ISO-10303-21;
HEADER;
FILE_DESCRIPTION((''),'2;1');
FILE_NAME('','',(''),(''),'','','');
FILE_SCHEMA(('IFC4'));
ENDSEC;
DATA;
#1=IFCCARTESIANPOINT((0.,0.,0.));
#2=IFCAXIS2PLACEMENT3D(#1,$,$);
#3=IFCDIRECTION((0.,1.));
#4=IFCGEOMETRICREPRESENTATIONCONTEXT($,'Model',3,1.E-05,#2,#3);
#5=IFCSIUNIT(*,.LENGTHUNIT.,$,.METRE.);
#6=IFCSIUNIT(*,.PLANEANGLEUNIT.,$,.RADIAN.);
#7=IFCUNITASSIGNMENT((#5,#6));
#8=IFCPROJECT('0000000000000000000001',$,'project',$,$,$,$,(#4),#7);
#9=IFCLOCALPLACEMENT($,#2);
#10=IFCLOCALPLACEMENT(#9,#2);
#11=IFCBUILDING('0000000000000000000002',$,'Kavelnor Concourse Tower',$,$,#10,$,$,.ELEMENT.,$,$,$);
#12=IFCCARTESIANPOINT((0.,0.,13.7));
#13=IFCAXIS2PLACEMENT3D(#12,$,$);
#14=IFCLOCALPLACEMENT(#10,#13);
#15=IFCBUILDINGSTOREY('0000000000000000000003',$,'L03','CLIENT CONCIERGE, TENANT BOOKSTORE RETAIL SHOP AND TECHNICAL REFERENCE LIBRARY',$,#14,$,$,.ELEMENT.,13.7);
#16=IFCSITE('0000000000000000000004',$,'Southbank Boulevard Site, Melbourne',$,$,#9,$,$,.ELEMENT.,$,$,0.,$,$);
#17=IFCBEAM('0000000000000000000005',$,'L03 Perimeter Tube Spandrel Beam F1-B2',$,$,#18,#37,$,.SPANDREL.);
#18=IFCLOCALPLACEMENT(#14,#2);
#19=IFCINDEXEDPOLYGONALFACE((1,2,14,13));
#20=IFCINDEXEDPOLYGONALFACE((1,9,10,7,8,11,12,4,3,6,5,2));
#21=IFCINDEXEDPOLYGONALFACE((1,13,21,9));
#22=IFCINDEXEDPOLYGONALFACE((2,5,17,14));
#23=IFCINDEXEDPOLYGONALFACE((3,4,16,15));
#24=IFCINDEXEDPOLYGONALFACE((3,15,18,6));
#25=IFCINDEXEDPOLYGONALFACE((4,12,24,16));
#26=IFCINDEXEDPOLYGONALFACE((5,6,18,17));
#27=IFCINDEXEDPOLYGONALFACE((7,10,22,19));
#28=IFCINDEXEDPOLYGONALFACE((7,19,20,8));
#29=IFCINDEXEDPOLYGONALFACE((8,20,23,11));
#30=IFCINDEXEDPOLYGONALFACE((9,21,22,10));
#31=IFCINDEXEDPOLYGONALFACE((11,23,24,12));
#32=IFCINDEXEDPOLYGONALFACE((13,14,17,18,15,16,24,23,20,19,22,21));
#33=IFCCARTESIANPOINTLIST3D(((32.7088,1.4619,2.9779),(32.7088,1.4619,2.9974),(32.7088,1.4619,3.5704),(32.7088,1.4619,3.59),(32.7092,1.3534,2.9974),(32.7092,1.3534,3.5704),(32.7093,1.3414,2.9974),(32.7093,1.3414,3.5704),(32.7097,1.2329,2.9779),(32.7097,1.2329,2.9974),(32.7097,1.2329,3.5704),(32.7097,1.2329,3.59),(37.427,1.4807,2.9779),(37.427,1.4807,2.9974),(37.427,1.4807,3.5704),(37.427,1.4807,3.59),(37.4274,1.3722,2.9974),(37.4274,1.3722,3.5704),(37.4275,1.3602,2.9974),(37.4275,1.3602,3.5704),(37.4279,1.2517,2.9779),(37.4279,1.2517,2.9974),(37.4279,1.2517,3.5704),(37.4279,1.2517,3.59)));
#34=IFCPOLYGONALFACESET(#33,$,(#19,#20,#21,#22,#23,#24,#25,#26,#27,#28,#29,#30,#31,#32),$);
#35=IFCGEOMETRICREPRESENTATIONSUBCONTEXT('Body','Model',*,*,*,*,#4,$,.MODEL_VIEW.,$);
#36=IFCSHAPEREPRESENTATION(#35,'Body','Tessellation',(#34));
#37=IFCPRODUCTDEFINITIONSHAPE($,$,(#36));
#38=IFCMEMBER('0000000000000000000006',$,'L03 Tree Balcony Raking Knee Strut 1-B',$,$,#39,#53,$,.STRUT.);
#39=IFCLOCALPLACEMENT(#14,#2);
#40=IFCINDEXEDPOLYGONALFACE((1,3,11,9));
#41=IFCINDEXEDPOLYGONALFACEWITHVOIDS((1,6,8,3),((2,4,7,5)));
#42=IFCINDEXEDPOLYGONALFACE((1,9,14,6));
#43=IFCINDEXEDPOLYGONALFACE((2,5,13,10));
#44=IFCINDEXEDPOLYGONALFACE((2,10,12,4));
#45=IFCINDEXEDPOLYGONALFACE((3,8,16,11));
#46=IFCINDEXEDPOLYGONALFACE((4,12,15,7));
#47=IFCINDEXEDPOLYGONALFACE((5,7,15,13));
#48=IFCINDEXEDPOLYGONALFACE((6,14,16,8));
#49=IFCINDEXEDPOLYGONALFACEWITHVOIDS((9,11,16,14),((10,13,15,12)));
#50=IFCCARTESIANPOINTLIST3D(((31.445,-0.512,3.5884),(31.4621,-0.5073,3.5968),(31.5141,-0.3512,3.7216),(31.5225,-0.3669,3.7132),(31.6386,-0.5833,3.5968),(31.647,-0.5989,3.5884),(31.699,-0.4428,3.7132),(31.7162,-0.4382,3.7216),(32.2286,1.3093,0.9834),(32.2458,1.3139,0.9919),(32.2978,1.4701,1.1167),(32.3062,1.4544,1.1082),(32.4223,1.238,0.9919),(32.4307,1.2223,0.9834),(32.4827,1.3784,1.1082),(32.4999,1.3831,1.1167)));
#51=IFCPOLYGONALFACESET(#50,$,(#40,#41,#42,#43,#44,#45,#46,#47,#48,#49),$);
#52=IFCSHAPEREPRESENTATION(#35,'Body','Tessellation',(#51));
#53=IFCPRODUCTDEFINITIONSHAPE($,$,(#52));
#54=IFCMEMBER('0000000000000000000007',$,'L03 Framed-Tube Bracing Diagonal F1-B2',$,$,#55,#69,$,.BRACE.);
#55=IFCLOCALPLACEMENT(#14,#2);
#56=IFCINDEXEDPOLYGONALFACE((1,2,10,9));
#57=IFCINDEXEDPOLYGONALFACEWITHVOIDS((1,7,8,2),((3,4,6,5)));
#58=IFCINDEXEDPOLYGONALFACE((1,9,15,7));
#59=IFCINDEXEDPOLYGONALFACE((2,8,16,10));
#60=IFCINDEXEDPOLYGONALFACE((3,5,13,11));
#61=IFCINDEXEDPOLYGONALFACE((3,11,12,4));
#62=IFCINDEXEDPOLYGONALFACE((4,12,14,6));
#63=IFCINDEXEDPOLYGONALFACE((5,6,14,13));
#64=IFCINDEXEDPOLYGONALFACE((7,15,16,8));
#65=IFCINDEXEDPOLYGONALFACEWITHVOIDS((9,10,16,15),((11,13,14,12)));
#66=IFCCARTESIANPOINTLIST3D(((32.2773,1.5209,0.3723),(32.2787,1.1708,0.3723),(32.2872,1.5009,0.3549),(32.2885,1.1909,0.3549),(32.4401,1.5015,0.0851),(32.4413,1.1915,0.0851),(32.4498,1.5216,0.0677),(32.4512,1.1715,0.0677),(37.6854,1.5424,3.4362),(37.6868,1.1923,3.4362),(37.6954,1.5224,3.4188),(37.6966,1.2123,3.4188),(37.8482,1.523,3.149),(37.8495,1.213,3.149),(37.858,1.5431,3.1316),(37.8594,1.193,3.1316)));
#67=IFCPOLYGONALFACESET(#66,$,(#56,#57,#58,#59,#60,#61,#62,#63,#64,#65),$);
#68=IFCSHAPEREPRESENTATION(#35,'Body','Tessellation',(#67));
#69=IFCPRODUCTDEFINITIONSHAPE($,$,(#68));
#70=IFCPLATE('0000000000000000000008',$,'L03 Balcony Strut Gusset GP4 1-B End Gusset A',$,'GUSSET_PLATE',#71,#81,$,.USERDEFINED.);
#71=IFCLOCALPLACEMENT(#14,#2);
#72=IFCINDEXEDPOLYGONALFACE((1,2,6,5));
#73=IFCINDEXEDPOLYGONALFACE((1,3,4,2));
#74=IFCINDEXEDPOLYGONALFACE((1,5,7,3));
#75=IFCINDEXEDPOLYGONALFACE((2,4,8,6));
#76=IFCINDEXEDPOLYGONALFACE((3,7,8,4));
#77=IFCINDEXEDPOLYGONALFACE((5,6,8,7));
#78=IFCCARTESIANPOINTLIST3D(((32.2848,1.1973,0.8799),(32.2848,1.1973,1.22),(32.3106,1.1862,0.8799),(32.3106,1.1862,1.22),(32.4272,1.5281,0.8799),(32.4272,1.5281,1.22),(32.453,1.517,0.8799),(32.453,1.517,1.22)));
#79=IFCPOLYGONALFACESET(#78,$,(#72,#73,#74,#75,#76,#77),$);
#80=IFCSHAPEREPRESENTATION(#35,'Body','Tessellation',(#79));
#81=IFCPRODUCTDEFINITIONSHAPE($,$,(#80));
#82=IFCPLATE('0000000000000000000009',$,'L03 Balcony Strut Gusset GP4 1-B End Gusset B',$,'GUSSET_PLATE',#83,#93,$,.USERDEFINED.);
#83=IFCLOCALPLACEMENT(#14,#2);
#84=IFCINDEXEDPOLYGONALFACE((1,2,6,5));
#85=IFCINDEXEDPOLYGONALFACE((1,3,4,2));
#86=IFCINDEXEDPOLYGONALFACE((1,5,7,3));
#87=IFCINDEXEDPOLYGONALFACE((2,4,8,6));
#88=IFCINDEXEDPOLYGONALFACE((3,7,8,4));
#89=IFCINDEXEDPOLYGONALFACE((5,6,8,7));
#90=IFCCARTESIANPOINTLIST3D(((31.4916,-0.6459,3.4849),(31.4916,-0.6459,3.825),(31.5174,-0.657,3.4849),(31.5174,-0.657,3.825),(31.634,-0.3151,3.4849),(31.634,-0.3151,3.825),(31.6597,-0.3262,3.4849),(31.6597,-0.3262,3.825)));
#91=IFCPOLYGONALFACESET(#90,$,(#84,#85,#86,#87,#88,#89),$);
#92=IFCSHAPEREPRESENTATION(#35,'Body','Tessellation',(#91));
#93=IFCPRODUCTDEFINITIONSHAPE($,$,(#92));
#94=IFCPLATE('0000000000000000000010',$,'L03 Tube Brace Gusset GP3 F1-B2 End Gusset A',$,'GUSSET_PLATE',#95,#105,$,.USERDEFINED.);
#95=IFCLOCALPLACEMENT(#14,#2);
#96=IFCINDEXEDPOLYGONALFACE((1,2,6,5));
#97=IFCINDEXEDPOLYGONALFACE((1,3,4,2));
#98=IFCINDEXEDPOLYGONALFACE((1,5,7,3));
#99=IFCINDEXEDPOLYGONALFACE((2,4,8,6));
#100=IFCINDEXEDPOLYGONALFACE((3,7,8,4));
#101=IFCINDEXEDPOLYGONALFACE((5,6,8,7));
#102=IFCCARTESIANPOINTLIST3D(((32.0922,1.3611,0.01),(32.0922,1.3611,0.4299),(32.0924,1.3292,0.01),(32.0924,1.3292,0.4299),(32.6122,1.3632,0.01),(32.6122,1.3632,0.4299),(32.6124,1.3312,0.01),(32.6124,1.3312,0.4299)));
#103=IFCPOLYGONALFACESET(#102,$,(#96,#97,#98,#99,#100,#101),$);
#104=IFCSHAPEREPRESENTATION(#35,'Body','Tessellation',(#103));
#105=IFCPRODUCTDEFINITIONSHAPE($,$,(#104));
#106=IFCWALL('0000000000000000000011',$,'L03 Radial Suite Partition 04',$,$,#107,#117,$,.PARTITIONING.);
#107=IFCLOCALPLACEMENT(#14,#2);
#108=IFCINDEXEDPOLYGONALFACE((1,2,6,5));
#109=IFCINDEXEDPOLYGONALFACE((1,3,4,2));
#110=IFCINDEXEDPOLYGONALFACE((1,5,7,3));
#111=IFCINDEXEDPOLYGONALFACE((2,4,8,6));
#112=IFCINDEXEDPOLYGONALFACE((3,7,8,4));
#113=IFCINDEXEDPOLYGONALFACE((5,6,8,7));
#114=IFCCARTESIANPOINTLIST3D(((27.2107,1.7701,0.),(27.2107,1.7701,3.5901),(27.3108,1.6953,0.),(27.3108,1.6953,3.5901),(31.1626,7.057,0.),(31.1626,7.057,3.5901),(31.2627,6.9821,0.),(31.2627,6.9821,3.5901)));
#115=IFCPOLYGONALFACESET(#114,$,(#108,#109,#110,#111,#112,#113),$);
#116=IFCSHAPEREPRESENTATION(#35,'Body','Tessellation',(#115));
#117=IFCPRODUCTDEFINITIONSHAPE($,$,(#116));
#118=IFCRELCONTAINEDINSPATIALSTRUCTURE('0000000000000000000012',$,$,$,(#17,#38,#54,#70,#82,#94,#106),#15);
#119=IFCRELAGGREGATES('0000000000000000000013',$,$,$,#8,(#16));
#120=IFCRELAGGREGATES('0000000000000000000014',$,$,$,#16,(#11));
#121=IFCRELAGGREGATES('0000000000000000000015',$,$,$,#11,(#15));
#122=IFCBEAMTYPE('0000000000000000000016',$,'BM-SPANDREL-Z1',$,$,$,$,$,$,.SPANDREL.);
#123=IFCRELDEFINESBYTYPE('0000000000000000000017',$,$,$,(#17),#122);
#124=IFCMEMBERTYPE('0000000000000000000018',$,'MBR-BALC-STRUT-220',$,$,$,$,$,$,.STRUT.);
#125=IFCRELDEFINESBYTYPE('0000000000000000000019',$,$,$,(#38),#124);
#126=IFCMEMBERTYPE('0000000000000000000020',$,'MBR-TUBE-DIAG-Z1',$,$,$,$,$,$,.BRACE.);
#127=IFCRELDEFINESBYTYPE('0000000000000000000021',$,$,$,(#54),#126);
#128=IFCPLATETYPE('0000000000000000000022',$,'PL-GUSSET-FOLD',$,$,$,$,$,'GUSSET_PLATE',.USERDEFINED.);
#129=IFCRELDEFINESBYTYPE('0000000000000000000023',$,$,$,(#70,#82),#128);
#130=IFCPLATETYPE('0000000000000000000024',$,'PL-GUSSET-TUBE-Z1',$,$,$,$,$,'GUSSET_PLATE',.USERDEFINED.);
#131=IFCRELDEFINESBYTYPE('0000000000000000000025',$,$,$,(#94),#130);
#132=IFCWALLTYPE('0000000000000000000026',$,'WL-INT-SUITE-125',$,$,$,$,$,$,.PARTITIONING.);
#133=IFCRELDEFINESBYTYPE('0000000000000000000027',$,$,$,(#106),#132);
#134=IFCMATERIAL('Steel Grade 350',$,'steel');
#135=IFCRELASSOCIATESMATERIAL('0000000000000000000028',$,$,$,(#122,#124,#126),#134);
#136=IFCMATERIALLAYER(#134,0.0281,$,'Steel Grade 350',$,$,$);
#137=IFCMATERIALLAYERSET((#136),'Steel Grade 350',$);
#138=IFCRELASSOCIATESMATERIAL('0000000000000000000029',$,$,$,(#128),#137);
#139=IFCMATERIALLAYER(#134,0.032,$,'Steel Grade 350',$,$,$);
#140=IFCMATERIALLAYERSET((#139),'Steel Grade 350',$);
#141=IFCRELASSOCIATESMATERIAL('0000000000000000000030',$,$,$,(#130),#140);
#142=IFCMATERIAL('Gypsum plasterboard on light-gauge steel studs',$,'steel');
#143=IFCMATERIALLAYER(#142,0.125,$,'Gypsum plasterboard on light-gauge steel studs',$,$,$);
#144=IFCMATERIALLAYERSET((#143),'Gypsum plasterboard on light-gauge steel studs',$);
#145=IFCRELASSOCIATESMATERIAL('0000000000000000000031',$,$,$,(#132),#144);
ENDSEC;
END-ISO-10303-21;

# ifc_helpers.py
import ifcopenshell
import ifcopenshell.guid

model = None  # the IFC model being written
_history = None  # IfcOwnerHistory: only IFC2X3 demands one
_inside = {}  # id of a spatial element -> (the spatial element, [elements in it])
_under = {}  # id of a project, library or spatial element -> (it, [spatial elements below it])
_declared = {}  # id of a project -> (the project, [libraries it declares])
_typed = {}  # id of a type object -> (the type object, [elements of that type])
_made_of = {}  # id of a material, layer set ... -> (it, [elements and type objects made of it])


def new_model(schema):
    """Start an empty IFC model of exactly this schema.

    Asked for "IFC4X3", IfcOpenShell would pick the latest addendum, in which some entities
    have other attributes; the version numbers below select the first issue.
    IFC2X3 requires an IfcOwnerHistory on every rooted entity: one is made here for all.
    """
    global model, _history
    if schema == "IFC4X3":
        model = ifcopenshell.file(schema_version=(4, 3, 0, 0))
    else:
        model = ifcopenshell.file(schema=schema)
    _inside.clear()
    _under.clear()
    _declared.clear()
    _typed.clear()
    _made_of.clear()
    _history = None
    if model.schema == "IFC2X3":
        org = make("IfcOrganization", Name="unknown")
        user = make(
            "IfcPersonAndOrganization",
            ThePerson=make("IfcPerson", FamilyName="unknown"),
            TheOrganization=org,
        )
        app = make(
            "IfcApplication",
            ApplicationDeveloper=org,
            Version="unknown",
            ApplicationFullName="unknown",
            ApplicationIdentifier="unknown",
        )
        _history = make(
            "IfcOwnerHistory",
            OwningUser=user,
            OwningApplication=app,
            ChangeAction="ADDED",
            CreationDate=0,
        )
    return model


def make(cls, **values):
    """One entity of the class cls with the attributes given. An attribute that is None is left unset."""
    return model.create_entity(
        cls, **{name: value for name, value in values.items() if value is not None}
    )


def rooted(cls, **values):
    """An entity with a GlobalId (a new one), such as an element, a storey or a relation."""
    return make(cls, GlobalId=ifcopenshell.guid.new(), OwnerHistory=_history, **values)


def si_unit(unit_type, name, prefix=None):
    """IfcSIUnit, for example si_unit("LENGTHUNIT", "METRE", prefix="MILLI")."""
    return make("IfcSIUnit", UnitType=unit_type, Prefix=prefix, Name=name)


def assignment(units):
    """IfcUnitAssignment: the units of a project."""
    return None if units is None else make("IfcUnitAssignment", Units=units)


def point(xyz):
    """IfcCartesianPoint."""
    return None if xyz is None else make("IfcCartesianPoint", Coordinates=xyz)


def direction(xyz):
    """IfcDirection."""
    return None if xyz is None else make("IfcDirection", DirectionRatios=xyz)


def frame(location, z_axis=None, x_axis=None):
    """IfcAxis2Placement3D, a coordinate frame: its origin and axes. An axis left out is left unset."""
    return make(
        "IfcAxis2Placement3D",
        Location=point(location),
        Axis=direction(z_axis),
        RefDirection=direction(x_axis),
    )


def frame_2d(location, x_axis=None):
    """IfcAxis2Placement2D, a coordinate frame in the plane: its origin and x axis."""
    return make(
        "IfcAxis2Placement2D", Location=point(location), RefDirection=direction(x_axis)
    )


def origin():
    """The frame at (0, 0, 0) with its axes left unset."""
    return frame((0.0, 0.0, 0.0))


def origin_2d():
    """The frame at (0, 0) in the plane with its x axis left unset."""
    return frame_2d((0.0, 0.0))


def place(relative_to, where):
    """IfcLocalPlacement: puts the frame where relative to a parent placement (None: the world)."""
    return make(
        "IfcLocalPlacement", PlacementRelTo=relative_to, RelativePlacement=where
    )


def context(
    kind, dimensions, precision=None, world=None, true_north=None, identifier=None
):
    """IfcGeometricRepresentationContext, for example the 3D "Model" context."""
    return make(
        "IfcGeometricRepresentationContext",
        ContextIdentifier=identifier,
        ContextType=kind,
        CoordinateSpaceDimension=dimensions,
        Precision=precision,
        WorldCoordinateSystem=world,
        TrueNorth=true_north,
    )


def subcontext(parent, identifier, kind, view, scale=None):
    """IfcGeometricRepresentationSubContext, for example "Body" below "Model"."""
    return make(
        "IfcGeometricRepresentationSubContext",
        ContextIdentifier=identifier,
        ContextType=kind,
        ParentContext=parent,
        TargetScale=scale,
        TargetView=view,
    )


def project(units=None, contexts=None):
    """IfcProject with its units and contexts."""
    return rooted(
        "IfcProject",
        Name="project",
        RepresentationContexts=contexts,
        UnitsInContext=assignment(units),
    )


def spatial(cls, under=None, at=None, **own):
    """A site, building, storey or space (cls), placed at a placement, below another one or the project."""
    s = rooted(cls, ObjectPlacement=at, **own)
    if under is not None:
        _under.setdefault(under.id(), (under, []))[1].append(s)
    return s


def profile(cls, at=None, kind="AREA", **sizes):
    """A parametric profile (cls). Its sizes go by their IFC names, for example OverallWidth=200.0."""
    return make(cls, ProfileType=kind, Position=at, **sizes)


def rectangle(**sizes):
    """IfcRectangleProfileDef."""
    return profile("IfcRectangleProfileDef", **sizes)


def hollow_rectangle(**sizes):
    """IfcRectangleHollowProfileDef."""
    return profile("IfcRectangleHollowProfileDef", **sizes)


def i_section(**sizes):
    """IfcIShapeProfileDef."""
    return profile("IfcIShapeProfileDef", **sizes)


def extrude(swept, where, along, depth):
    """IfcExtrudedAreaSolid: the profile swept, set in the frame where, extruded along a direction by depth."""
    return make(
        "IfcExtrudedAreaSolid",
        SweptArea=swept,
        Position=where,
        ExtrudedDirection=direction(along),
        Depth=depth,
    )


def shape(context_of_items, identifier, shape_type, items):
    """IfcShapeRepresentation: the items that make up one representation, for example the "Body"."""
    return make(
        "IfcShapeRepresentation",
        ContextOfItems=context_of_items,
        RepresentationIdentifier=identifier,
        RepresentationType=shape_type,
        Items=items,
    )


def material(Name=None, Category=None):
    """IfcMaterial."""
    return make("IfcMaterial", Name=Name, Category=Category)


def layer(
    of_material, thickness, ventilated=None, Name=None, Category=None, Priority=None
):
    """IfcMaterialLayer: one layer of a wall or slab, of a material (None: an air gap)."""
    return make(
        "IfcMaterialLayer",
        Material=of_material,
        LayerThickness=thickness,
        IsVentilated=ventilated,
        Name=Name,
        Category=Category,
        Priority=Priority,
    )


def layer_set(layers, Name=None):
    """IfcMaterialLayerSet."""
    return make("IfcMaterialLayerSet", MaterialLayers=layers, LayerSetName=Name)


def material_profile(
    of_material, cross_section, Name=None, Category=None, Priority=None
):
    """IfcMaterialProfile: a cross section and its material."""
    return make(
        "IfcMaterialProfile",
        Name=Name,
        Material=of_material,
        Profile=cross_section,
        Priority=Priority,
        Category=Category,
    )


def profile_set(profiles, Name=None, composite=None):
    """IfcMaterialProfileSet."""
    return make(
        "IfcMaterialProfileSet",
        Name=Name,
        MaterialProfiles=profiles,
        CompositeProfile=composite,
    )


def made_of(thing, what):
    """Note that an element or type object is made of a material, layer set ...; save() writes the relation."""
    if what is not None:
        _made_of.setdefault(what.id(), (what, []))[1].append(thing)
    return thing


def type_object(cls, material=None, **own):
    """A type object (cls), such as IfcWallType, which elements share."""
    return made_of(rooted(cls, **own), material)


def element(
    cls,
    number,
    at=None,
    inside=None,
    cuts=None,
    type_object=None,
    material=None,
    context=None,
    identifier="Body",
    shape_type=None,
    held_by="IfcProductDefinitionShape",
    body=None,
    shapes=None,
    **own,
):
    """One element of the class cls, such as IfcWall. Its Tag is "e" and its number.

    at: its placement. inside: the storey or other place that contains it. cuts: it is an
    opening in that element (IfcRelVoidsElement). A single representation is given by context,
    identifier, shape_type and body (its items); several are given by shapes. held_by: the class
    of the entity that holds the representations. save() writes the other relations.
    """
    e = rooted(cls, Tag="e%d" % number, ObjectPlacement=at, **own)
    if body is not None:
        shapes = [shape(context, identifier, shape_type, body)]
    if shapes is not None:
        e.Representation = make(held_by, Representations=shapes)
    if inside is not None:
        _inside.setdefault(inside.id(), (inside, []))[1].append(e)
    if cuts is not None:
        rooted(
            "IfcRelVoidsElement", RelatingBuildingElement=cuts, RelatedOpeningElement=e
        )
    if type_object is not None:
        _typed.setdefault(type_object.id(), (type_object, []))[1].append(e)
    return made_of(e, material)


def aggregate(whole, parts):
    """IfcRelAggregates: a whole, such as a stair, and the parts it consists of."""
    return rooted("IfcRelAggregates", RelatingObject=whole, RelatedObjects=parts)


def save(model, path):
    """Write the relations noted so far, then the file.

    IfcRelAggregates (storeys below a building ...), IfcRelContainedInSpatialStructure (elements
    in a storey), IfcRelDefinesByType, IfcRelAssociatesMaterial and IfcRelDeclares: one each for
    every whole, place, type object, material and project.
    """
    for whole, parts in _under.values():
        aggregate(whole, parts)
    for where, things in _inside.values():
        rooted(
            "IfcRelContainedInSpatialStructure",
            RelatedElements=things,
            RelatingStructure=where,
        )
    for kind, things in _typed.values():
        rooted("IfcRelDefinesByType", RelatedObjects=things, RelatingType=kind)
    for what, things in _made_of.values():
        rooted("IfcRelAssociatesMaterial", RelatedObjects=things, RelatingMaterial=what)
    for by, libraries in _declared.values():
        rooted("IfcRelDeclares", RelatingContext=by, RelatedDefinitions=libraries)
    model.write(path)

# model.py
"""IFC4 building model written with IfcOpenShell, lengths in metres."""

from ifc_helpers import new_model, si_unit, direction, frame, frame_2d, origin, origin_2d, place, context, subcontext, project, spatial, rectangle, hollow_rectangle, i_section, extrude, material, layer, layer_set, material_profile, profile_set, type_object, element, save


model = new_model("IFC4")

# Units and contexts
model_context = context("Model", 3, precision=1e-05, world=origin(), true_north=direction((0.0, 1.0)))
body_context = subcontext(model_context, "Body", "Model", "MODEL_VIEW")
ifc_project = project(units=[si_unit("LENGTHUNIT", "METRE"), si_unit("PLANEANGLEUNIT", "RADIAN")], contexts=[model_context])

# Site, building, storey
site_placement = place(None, origin())
site = spatial("IfcSite", under=ifc_project, at=site_placement, Name="Southbank Boulevard Site, Melbourne", CompositionType="ELEMENT", RefElevation=0.0)
building_placement = place(site_placement, origin())
building = spatial("IfcBuilding", under=site, at=building_placement, Name="Kavelnor Concourse Tower", CompositionType="ELEMENT")
storey_placement = place(building_placement, frame((0.0, 0.0, 13.7)))
storey = spatial("IfcBuildingStorey", under=building, at=storey_placement, Name="L03", Description="CLIENT CONCIERGE, TENANT BOOKSTORE RETAIL SHOP AND TECHNICAL REFERENCE LIBRARY", CompositionType="ELEMENT", Elevation=13.7)

# Shared definitions
ifc_material_1 = material(Name="Steel Grade 350", Category="steel")

# Beam
ifc_material_profile_1 = material_profile(ifc_material_1, i_section(OverallWidth=0.229, OverallDepth=0.6121, WebThickness=0.012, FlangeThickness=0.0195, at=origin_2d()), Name="610UB125")
ifc_profile_set_1 = profile_set([ifc_material_profile_1], Name="Steel Grade 350")
beam_type_1 = type_object("IfcBeamType", Name="BM-SPANDREL-Z1", PredefinedType="SPANDREL", material=ifc_profile_set_1)
beam_1_placement = place(storey_placement, frame((32.7092, 1.3474, 3.2839), z_axis=(0.999992, 0.003984, 0.0), x_axis=(-0.003984, 0.999992, 0.0)))
element("IfcBeam", 1, at=beam_1_placement, inside=storey, type_object=beam_type_1, Name="L03 Perimeter Tube Spandrel Beam F1-B2", PredefinedType="SPANDREL", context=body_context, shape_type="SweptSolid", body=[
    extrude(i_section(OverallWidth=0.229, OverallDepth=0.6121, WebThickness=0.012, FlangeThickness=0.0195, at=origin_2d()), origin(), (0.0, 0.0, 1.0), 4.7183),
])

# Members
ifc_material_profile_2 = material_profile(ifc_material_1, hollow_rectangle(XDim=0.22, YDim=0.22, WallThickness=0.0139, at=origin_2d()), Name="SHS 220x220x14")
ifc_profile_set_2 = profile_set([ifc_material_profile_2], Name="Steel Grade 350")
member_type_1 = type_object("IfcMemberType", Name="MBR-BALC-STRUT-220", PredefinedType="STRUT", material=ifc_profile_set_2)
member_1_placement = place(storey_placement, frame((32.3643, 1.3462, 1.05), z_axis=(-0.239389, -0.556338, 0.795727), x_axis=(0.918571, -0.395256, 0.0)))
element("IfcMember", 2, at=member_1_placement, inside=storey, type_object=member_type_1, Name="L03 Tree Balcony Raking Knee Strut 1-B", PredefinedType="STRUT", context=body_context, shape_type="SweptSolid", body=[
    extrude(hollow_rectangle(XDim=0.22, YDim=0.22, WallThickness=0.0139, at=origin_2d()), origin(), (0.0, 0.0, 1.0), 3.2737),
])
ifc_material_profile_3 = material_profile(ifc_material_1, hollow_rectangle(XDim=0.3501, YDim=0.3501, WallThickness=0.02, at=origin_2d()), Name="SHS 350x350x20")
ifc_profile_set_3 = profile_set([ifc_material_profile_3], Name="Steel Grade 350")
member_type_2 = type_object("IfcMemberType", Name="MBR-TUBE-DIAG-Z1", PredefinedType="BRACE", material=ifc_profile_set_3)
member_2_placement = place(storey_placement, frame((32.3643, 1.3462, 0.22), z_axis=(0.870064, 0.003456, 0.492926), x_axis=(-0.003973, 0.999992, 0.0)))
element("IfcMember", 3, at=member_2_placement, inside=storey, type_object=member_type_2, Name="L03 Framed-Tube Bracing Diagonal F1-B2", PredefinedType="BRACE", context=body_context, shape_type="SweptSolid", body=[
    extrude(hollow_rectangle(XDim=0.3501, YDim=0.3501, WallThickness=0.02, at=origin_2d()), origin(), (0.0, 0.0, 1.0), 6.2158),
])

# Plates
ifc_layer_1 = layer(ifc_material_1, 0.0281, Name="Steel Grade 350")
ifc_layer_set_1 = layer_set([ifc_layer_1], Name="Steel Grade 350")
plate_type_1 = type_object("IfcPlateType", Name="PL-GUSSET-FOLD", ElementType="GUSSET_PLATE", PredefinedType="USERDEFINED", material=ifc_layer_set_1)
for number, where, z_axis, x_axis, name in (
    (4, (32.3689, 1.3572, 0.8799), (0.0, 0.0, 1.0), (-0.395225, -0.918584, 0.0), "L03 Balcony Strut Gusset GP4 1-B End Gusset A"),
    (5, (31.5757, -0.4861, 3.4849), (0.0, 0.0, 1.0), (-0.395225, -0.918584, 0.0), "L03 Balcony Strut Gusset GP4 1-B End Gusset B"),
):
    element("IfcPlate", number, at=place(storey_placement, frame(where, z_axis=z_axis, x_axis=x_axis)), inside=storey, type_object=plate_type_1, Name=name, ObjectType="GUSSET_PLATE", PredefinedType="USERDEFINED", context=body_context, shape_type="SweptSolid", body=[
        extrude(rectangle(XDim=0.3601, YDim=0.0281, at=origin_2d()), origin(), (0.0, 0.0, 1.0), 0.3401),
    ])
ifc_layer_2 = layer(ifc_material_1, 0.032, Name="Steel Grade 350")
ifc_layer_set_2 = layer_set([ifc_layer_2], Name="Steel Grade 350")
plate_type_2 = type_object("IfcPlateType", Name="PL-GUSSET-TUBE-Z1", ElementType="GUSSET_PLATE", PredefinedType="USERDEFINED", material=ifc_layer_set_2)
plate_placement = place(storey_placement, frame((32.3523, 1.3462, 0.01), z_axis=(0.0, 0.0, 1.0), x_axis=(0.999992, 0.004014, 0.0)))
element("IfcPlate", 6, at=plate_placement, inside=storey, type_object=plate_type_2, Name="L03 Tube Brace Gusset GP3 F1-B2 End Gusset A", ObjectType="GUSSET_PLATE", PredefinedType="USERDEFINED", context=body_context, shape_type="SweptSolid", body=[
    extrude(rectangle(XDim=0.52, YDim=0.032, at=origin_2d()), origin(), (0.0, 0.0, 1.0), 0.4199),
])

# Wall
ifc_material_2 = material(Name="Gypsum plasterboard on light-gauge steel studs", Category="steel")
ifc_layer_3 = layer(ifc_material_2, 0.125, Name="Gypsum plasterboard on light-gauge steel studs")
ifc_layer_set_3 = layer_set([ifc_layer_3], Name="Gypsum plasterboard on light-gauge steel studs")
wall_type = type_object("IfcWallType", Name="WL-INT-SUITE-125", PredefinedType="PARTITIONING", material=ifc_layer_set_3)
wall_placement = place(storey_placement, frame((31.2126, 7.0195, 0.0), z_axis=(0.0, 0.0, 1.0), x_axis=(-0.598715, -0.800962, 0.0)))
element("IfcWall", 7, at=wall_placement, inside=storey, type_object=wall_type, Name="L03 Radial Suite Partition 04", PredefinedType="PARTITIONING", context=body_context, shape_type="SweptSolid", body=[
    extrude(rectangle(XDim=6.6006, YDim=0.125, at=frame_2d((3.3003, 0.0))), origin(), (0.0, 0.0, 1.0), 3.5901),
])

save(model, "model.ifc")
